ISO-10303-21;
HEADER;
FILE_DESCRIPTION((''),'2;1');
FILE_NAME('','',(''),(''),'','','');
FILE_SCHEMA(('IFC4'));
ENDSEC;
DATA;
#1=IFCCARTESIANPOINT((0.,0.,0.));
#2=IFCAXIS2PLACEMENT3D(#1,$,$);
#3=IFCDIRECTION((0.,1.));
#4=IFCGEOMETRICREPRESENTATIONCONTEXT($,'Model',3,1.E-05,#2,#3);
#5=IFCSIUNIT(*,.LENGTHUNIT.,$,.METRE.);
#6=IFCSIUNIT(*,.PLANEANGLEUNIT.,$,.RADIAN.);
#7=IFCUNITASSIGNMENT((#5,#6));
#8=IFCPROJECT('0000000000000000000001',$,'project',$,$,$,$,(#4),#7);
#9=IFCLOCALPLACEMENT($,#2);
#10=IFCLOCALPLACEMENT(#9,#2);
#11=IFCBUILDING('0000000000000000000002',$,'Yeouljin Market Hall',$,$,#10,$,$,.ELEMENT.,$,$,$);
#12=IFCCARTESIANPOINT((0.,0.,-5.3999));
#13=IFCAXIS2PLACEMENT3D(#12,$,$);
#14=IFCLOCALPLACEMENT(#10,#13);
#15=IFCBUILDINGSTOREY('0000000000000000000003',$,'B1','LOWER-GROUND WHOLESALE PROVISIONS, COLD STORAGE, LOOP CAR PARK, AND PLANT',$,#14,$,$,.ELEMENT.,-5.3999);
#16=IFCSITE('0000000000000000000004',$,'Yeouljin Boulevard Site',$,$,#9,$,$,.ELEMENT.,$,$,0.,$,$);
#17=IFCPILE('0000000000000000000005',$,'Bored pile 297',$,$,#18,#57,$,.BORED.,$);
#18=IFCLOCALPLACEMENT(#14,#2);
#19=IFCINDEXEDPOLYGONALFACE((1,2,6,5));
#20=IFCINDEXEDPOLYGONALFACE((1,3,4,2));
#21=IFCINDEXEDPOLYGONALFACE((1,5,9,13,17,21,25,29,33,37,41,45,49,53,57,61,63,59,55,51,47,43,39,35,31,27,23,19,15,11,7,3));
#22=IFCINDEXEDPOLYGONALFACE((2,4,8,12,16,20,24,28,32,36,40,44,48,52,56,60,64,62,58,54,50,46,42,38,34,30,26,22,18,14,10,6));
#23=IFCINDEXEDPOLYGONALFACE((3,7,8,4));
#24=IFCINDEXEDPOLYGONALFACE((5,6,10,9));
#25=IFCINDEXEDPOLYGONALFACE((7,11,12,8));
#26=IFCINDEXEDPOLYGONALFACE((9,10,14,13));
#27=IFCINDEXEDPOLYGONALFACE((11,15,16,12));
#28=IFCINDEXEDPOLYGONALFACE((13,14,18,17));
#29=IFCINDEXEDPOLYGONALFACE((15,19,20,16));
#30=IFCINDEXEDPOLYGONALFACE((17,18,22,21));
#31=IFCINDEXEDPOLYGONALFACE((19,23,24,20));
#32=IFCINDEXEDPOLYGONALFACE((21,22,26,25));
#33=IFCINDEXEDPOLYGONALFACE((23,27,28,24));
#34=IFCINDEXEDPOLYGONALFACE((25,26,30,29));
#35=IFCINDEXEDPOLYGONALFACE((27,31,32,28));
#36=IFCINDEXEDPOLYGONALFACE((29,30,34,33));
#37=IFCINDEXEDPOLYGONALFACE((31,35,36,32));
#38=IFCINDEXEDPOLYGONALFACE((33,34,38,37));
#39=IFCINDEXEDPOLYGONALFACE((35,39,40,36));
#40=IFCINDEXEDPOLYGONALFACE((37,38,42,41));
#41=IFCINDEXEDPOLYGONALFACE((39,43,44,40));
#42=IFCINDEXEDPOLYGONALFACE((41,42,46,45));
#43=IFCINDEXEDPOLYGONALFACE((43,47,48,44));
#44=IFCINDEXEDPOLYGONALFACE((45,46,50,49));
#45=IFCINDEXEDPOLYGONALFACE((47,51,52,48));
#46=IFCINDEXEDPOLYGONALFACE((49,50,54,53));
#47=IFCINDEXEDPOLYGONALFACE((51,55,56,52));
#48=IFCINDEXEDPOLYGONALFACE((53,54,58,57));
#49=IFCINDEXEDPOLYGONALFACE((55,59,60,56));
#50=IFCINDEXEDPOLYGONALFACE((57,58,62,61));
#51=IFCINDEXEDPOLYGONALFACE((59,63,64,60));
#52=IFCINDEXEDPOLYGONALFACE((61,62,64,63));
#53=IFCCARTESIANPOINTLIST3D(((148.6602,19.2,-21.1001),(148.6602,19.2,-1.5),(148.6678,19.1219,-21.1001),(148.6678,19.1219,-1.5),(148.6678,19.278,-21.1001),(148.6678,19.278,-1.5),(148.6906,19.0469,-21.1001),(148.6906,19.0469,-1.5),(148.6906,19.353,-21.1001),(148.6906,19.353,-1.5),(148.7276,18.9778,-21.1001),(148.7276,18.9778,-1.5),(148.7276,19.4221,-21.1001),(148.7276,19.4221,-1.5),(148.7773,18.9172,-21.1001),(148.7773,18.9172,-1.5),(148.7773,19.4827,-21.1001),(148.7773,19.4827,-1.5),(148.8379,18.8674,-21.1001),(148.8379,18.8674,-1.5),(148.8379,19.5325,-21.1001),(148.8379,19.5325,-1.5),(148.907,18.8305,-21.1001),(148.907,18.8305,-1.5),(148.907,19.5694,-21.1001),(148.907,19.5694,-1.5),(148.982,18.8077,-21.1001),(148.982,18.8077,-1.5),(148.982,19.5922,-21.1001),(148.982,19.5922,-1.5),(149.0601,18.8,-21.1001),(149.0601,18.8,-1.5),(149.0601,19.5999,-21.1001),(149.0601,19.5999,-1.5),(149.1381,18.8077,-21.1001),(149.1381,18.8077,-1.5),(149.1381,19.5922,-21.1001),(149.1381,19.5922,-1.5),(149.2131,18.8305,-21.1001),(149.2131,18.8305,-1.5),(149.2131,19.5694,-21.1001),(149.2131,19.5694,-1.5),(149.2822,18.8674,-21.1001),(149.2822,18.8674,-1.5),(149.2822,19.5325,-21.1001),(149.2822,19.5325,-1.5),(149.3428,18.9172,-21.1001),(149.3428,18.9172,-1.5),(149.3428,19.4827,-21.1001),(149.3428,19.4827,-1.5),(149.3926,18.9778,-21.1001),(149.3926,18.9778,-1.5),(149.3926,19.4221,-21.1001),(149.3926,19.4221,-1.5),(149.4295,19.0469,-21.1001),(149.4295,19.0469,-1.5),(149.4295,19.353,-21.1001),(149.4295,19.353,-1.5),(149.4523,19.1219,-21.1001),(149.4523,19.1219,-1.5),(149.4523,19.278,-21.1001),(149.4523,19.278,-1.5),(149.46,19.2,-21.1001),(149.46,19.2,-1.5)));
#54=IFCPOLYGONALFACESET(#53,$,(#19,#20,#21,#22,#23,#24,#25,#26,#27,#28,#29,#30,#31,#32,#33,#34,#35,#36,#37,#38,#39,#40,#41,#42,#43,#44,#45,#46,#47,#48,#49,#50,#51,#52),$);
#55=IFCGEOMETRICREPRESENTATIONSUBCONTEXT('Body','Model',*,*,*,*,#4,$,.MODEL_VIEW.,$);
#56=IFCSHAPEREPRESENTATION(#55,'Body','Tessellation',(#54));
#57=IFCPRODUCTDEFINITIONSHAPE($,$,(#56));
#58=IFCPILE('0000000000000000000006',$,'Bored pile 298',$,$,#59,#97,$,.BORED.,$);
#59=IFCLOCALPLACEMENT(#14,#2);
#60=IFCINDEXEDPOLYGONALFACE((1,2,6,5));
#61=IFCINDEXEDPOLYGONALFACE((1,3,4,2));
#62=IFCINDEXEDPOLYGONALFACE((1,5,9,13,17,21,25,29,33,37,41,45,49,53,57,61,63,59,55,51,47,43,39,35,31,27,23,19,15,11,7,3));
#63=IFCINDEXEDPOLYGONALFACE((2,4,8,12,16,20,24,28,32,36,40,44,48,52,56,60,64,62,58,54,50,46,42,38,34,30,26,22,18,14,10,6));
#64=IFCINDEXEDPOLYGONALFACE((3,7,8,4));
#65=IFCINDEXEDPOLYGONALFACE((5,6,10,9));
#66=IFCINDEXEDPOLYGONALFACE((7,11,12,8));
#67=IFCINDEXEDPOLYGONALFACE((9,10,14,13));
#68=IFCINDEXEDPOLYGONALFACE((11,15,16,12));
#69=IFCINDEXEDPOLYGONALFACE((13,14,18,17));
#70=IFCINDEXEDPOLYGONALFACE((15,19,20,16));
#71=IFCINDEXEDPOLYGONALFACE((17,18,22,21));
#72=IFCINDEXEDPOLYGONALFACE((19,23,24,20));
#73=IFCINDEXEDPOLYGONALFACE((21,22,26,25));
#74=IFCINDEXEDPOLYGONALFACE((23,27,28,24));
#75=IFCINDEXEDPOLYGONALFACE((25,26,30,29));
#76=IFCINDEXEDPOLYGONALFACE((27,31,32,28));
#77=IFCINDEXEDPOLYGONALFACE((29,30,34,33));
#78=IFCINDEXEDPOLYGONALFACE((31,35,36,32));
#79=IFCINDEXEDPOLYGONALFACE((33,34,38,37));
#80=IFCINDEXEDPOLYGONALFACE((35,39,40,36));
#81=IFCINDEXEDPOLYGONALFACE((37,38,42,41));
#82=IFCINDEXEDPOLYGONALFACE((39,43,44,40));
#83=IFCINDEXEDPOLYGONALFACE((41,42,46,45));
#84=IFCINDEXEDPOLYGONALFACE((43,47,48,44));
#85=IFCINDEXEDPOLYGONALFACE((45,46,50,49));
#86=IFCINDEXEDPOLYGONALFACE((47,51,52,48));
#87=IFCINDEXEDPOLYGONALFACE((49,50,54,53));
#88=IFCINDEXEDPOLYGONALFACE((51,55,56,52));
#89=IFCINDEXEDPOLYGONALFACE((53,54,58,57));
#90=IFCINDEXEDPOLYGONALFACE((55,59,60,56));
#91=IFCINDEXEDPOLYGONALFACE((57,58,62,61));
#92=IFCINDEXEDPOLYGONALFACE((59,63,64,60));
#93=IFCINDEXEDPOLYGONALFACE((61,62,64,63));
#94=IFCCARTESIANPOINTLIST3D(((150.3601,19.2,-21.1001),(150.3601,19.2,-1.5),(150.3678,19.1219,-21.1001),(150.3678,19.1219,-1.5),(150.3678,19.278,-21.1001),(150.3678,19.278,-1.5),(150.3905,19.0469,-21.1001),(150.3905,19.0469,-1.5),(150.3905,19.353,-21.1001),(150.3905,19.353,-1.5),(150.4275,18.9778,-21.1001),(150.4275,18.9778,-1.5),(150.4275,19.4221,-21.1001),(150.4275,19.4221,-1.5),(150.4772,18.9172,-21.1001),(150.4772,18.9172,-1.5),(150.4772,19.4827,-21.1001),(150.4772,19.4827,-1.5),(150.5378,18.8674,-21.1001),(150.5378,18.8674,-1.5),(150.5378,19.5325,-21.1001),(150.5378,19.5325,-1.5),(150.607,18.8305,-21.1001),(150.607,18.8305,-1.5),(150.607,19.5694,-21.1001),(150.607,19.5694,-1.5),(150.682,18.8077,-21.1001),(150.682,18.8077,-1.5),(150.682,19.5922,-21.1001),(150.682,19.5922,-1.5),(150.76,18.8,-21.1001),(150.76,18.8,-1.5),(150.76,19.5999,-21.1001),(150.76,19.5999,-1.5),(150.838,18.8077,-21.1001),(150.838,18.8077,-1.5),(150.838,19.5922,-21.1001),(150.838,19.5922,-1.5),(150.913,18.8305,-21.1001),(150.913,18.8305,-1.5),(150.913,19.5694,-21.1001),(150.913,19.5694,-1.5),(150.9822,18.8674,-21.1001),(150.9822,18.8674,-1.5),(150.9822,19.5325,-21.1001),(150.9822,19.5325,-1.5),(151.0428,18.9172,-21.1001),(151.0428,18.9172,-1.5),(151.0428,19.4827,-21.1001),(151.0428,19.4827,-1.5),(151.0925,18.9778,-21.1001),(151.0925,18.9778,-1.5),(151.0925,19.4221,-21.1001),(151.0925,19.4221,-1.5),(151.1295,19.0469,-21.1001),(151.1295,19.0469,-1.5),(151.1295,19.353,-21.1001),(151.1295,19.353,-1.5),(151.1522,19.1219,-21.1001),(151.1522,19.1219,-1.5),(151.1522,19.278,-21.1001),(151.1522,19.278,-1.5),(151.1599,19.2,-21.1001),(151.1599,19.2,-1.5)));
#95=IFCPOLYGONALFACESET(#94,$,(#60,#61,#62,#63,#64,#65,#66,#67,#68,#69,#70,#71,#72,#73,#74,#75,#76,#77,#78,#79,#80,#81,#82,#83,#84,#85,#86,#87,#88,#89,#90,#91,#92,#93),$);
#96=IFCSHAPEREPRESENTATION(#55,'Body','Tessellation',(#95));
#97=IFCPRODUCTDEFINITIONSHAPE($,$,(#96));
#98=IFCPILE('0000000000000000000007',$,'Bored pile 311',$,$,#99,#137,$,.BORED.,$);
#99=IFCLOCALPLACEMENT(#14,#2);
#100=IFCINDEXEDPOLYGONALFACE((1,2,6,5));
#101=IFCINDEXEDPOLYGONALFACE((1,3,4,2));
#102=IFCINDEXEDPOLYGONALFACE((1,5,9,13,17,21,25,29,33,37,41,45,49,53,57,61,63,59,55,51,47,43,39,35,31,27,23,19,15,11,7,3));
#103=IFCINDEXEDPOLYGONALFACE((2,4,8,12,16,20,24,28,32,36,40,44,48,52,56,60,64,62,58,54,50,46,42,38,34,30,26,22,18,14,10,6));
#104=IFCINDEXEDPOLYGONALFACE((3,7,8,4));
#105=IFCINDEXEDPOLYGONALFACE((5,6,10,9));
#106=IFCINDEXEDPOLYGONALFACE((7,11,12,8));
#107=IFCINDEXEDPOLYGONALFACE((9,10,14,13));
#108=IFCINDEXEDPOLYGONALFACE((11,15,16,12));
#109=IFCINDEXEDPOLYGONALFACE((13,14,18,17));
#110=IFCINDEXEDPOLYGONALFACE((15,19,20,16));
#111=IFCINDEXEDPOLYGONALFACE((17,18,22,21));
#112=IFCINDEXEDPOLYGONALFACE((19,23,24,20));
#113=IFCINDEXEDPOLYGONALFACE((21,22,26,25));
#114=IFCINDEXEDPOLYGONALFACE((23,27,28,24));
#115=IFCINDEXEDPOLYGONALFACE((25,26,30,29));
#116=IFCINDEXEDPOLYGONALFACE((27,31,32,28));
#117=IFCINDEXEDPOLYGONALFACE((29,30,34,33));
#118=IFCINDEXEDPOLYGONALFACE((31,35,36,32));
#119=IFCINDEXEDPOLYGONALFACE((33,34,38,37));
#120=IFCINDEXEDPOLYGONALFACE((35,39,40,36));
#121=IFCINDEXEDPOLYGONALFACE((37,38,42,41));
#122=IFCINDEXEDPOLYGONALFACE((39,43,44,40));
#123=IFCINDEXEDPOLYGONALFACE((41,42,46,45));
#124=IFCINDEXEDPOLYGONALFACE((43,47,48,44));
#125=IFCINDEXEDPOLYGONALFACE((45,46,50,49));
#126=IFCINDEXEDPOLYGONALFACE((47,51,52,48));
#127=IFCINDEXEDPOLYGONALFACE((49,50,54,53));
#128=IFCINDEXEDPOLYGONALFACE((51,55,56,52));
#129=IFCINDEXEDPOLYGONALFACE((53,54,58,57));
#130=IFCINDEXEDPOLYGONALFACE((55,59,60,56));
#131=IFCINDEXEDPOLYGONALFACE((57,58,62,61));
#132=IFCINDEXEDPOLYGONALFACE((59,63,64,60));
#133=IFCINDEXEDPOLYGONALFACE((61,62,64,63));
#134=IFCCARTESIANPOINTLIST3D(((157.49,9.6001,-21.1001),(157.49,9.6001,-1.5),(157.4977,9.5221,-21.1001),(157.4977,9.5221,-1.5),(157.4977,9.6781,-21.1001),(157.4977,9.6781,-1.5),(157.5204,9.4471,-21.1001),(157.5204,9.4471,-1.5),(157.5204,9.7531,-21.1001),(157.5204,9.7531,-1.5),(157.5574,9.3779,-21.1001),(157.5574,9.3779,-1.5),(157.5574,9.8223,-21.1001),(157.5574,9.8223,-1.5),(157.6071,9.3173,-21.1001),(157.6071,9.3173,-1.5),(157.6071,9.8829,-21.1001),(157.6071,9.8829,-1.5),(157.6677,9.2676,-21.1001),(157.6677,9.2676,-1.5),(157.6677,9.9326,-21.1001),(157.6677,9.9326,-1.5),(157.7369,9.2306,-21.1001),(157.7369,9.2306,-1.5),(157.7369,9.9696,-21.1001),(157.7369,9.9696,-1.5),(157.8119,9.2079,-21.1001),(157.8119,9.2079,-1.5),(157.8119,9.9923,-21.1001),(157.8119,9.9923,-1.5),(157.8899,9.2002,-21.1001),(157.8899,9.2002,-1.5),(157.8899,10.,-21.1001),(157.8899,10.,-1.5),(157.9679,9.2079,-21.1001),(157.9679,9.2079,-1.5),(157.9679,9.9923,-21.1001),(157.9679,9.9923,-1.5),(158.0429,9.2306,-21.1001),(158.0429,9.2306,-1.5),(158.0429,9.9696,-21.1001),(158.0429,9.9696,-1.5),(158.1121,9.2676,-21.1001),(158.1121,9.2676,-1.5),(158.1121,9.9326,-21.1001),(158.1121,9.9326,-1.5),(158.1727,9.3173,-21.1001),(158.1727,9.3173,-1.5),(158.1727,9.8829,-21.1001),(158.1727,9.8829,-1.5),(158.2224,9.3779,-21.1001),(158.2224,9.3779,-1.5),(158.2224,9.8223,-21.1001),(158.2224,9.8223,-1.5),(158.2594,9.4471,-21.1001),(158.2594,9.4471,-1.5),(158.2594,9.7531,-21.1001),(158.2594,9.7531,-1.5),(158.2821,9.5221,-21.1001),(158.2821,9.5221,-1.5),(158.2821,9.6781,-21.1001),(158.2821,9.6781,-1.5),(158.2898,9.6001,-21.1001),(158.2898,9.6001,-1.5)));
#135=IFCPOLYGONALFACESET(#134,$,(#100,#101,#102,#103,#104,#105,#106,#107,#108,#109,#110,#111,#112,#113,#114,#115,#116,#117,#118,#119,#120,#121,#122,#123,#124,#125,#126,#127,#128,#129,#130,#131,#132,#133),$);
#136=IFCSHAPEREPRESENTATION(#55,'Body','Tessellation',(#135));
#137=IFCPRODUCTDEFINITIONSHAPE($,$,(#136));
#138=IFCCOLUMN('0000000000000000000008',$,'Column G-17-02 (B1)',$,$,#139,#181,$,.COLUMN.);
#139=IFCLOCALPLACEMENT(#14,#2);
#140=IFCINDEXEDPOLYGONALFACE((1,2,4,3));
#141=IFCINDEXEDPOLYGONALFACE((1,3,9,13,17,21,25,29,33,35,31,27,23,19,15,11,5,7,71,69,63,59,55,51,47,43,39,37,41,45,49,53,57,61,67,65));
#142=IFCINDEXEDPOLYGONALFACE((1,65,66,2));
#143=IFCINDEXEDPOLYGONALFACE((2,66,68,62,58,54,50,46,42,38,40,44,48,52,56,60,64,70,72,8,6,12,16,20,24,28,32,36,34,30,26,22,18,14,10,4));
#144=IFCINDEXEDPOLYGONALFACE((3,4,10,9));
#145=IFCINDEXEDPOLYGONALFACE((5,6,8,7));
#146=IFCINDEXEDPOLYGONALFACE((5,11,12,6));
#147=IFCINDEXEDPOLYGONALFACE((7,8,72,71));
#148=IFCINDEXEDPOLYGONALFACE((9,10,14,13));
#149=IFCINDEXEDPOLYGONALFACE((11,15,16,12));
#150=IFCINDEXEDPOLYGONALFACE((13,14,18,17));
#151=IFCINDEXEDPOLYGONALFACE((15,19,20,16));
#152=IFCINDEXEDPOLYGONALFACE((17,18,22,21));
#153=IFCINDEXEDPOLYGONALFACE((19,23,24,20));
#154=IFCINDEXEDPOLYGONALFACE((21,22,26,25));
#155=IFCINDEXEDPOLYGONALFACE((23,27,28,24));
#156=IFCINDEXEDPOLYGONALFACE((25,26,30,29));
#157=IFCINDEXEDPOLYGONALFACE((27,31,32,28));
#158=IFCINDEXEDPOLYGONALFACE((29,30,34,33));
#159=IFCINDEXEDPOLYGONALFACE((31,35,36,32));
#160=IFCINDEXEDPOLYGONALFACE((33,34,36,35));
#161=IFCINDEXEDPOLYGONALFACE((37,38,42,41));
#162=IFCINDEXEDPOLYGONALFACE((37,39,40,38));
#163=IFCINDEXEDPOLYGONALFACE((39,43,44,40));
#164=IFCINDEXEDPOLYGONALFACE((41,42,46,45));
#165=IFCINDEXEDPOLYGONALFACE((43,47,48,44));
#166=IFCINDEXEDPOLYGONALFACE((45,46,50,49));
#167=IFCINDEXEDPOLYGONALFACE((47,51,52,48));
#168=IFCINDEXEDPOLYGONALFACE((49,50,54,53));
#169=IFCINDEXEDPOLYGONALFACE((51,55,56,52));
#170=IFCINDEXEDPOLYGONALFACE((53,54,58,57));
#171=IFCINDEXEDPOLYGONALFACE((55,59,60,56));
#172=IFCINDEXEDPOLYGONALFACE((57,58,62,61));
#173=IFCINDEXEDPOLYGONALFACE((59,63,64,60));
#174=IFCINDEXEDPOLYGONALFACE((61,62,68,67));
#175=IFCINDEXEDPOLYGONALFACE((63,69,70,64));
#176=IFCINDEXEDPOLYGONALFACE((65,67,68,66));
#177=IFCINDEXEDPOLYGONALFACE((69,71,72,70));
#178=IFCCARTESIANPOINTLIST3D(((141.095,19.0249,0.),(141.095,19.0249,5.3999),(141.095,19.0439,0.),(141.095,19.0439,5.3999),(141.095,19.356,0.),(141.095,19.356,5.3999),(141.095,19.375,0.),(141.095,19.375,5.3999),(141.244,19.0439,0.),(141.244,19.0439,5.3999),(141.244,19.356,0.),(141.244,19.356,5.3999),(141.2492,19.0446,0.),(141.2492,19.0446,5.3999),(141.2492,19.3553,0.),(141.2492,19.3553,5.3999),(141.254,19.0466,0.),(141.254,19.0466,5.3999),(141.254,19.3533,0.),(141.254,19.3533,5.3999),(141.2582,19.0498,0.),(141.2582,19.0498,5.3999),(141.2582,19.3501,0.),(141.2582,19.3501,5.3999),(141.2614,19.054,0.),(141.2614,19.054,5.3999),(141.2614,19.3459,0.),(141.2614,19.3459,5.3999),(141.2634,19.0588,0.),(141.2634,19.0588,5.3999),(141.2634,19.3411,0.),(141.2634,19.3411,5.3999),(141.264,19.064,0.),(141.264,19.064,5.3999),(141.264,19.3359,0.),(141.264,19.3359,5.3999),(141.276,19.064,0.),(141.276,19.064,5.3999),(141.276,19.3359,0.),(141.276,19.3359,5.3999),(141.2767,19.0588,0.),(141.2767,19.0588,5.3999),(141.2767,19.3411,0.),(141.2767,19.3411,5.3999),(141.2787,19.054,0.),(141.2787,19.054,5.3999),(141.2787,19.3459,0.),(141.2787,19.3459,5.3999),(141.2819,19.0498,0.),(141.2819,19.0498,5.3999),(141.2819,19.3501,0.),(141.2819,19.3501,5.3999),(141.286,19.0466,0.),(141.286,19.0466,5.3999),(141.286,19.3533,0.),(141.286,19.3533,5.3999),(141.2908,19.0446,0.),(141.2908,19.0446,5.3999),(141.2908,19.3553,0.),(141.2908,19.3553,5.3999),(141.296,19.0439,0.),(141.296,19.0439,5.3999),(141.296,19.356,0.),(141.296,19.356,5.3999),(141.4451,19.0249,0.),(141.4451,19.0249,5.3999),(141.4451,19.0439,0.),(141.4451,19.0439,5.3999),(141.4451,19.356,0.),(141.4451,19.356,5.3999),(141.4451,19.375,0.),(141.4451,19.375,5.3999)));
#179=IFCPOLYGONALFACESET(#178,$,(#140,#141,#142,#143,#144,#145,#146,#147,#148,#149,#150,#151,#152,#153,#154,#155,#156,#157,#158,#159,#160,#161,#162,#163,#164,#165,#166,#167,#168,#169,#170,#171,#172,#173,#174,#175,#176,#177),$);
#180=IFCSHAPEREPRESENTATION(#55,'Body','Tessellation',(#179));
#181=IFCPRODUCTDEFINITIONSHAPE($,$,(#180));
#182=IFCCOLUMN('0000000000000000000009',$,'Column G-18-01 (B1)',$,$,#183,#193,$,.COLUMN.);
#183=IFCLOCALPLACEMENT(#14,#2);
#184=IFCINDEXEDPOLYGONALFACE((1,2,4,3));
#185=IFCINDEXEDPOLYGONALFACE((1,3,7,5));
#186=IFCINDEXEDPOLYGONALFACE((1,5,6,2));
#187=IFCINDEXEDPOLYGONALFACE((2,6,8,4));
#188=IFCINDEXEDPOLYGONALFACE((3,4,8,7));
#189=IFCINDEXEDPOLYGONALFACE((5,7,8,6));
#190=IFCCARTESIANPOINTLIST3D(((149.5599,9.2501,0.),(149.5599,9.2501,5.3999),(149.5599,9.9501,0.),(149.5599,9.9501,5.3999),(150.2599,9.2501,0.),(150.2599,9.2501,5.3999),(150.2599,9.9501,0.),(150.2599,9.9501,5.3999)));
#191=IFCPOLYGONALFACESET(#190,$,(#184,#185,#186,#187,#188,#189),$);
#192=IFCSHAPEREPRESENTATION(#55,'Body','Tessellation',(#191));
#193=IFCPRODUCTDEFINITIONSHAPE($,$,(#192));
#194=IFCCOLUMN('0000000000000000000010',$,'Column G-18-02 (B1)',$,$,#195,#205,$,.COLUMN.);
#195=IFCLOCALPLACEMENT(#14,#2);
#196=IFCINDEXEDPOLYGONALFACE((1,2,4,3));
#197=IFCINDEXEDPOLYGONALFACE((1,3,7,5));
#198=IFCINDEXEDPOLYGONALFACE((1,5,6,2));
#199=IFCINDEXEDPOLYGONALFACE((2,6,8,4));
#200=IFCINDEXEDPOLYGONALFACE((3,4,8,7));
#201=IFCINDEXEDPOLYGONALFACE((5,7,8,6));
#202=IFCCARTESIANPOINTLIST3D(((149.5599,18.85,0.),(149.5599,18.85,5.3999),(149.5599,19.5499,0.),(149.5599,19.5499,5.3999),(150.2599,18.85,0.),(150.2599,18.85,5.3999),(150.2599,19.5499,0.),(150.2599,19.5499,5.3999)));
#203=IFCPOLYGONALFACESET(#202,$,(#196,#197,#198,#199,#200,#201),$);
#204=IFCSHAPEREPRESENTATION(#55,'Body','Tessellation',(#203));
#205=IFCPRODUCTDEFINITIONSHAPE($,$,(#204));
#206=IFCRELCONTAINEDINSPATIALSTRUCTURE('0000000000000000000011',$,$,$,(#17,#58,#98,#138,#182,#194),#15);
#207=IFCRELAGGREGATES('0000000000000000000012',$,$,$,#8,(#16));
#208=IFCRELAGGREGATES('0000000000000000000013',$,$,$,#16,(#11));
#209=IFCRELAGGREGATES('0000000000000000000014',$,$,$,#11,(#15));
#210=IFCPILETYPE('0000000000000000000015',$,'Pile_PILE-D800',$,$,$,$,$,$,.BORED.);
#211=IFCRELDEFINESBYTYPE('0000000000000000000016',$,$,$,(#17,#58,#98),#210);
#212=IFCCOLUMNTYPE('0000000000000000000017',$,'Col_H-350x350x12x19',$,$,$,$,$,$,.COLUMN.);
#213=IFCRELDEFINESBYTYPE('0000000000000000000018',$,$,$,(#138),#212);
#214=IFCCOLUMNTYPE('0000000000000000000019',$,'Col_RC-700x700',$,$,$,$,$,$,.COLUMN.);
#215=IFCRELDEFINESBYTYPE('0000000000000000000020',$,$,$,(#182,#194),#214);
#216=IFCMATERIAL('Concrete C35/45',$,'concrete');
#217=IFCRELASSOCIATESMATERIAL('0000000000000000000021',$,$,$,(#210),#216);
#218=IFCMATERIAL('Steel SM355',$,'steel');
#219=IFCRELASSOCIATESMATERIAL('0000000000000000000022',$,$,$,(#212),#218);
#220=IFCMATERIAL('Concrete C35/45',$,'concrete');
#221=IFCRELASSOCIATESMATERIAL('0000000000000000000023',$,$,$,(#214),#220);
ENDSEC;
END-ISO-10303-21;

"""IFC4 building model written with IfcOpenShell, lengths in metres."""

from ifc_helpers import new_model, si_unit, direction, frame, origin, origin_2d, place, context, subcontext, project, spatial, rectangle, circle, i_section, extrude, material, material_profile, profile_set, type_object, element, save


model = new_model("IFC4")

# Units and contexts
model_context = context("Model", 3, precision=1e-05, world=origin(), true_north=direction((0.0, 1.0)))
body_context = subcontext(model_context, "Body", "Model", "MODEL_VIEW")
ifc_project = project(units=[si_unit("LENGTHUNIT", "METRE"), si_unit("PLANEANGLEUNIT", "RADIAN")], contexts=[model_context])

# Site, building, storey
site_placement = place(None, origin())
site = spatial("IfcSite", under=ifc_project, at=site_placement, Name="Yeouljin Boulevard Site", CompositionType="ELEMENT", RefElevation=0.0)
building_placement = place(site_placement, origin())
building = spatial("IfcBuilding", under=site, at=building_placement, Name="Yeouljin Market Hall", CompositionType="ELEMENT")
storey_placement = place(building_placement, frame((0.0, 0.0, -5.3999)))
storey = spatial("IfcBuildingStorey", under=building, at=storey_placement, Name="B1", Description="LOWER-GROUND WHOLESALE PROVISIONS, COLD STORAGE, LOOP CAR PARK, AND PLANT", CompositionType="ELEMENT", Elevation=-5.3999)

# Piles
ifc_material_1 = material(Name="Concrete C35/45", Category="concrete")
ifc_material_profile_1 = material_profile(ifc_material_1, circle(Radius=0.3999, at=origin_2d()), Name="PILE-D800")
ifc_profile_set_1 = profile_set([ifc_material_profile_1], Name="Concrete C35/45")
pile_type = type_object("IfcPileType", Name="Pile_PILE-D800", PredefinedType="BORED", material=ifc_profile_set_1)
for number, where, z_axis, x_axis, name in (
    (1, (149.0601, 19.2, -1.5), (0.0, 0.0, -1.0), (1.0, 0.0, 0.0), "Bored pile 297"),
    (2, (150.76, 19.2, -1.5), (0.0, 0.0, -1.0), (1.0, 0.0, 0.0), "Bored pile 298"),
    (3, (157.8899, 9.6001, -1.5), (0.0, 0.0, -1.0), (1.0, 0.0, 0.0), "Bored pile 311"),
):
    element("IfcPile", number, at=place(storey_placement, frame(where, z_axis=z_axis, x_axis=x_axis)), inside=storey, type_object=pile_type, Name=name, PredefinedType="BORED", context=body_context, shape_type="SweptSolid", body=[
        extrude(circle(Radius=0.3999, at=origin_2d()), origin(), (0.0, 0.0, 1.0), 19.6001),
    ])

# Columns
ifc_material_2 = material(Name="Steel SM355", Category="steel")
ifc_material_profile_2 = material_profile(ifc_material_2, i_section(OverallWidth=0.3501, OverallDepth=0.3501, WebThickness=0.012, FlangeThickness=0.019, FilletRadius=0.02, at=origin_2d()), Name="H-350x350x12x19")
ifc_profile_set_2 = profile_set([ifc_material_profile_2], Name="Steel SM355")
column_type_1 = type_object("IfcColumnType", Name="Col_H-350x350x12x19", PredefinedType="COLUMN", material=ifc_profile_set_2)
column_placement = place(storey_placement, frame((141.27, 19.2, 0.0), z_axis=(0.0, 0.0, 1.0), x_axis=(1.0, 0.0, 0.0)))
element("IfcColumn", 4, at=column_placement, inside=storey, type_object=column_type_1, Name="Column G-17-02 (B1)", PredefinedType="COLUMN", context=body_context, shape_type="SweptSolid", body=[
    extrude(i_section(OverallWidth=0.3501, OverallDepth=0.3501, WebThickness=0.012, FlangeThickness=0.019, FilletRadius=0.02, at=origin_2d()), origin(), (0.0, 0.0, 1.0), 5.3999),
])
ifc_material_3 = material(Name="Concrete C35/45", Category="concrete")
ifc_material_profile_3 = material_profile(ifc_material_3, rectangle(XDim=0.7, YDim=0.7, at=origin_2d()), Name="RC-700x700")
ifc_profile_set_3 = profile_set([ifc_material_profile_3], Name="Concrete C35/45")
column_type_2 = type_object("IfcColumnType", Name="Col_RC-700x700", PredefinedType="COLUMN", material=ifc_profile_set_3)
for number, where, z_axis, x_axis, name in (
    (5, (149.9099, 9.6001, 0.0), (0.0, 0.0, 1.0), (1.0, 0.0, 0.0), "Column G-18-01 (B1)"),
    (6, (149.9099, 19.2, 0.0), (0.0, 0.0, 1.0), (1.0, 0.0, 0.0), "Column G-18-02 (B1)"),
):
    element("IfcColumn", number, at=place(storey_placement, frame(where, z_axis=z_axis, x_axis=x_axis)), inside=storey, type_object=column_type_2, Name=name, PredefinedType="COLUMN", context=body_context, shape_type="SweptSolid", body=[
        extrude(rectangle(XDim=0.7, YDim=0.7, at=origin_2d()), origin(), (0.0, 0.0, 1.0), 5.3999),
    ])

save(model, "model.ifc")
